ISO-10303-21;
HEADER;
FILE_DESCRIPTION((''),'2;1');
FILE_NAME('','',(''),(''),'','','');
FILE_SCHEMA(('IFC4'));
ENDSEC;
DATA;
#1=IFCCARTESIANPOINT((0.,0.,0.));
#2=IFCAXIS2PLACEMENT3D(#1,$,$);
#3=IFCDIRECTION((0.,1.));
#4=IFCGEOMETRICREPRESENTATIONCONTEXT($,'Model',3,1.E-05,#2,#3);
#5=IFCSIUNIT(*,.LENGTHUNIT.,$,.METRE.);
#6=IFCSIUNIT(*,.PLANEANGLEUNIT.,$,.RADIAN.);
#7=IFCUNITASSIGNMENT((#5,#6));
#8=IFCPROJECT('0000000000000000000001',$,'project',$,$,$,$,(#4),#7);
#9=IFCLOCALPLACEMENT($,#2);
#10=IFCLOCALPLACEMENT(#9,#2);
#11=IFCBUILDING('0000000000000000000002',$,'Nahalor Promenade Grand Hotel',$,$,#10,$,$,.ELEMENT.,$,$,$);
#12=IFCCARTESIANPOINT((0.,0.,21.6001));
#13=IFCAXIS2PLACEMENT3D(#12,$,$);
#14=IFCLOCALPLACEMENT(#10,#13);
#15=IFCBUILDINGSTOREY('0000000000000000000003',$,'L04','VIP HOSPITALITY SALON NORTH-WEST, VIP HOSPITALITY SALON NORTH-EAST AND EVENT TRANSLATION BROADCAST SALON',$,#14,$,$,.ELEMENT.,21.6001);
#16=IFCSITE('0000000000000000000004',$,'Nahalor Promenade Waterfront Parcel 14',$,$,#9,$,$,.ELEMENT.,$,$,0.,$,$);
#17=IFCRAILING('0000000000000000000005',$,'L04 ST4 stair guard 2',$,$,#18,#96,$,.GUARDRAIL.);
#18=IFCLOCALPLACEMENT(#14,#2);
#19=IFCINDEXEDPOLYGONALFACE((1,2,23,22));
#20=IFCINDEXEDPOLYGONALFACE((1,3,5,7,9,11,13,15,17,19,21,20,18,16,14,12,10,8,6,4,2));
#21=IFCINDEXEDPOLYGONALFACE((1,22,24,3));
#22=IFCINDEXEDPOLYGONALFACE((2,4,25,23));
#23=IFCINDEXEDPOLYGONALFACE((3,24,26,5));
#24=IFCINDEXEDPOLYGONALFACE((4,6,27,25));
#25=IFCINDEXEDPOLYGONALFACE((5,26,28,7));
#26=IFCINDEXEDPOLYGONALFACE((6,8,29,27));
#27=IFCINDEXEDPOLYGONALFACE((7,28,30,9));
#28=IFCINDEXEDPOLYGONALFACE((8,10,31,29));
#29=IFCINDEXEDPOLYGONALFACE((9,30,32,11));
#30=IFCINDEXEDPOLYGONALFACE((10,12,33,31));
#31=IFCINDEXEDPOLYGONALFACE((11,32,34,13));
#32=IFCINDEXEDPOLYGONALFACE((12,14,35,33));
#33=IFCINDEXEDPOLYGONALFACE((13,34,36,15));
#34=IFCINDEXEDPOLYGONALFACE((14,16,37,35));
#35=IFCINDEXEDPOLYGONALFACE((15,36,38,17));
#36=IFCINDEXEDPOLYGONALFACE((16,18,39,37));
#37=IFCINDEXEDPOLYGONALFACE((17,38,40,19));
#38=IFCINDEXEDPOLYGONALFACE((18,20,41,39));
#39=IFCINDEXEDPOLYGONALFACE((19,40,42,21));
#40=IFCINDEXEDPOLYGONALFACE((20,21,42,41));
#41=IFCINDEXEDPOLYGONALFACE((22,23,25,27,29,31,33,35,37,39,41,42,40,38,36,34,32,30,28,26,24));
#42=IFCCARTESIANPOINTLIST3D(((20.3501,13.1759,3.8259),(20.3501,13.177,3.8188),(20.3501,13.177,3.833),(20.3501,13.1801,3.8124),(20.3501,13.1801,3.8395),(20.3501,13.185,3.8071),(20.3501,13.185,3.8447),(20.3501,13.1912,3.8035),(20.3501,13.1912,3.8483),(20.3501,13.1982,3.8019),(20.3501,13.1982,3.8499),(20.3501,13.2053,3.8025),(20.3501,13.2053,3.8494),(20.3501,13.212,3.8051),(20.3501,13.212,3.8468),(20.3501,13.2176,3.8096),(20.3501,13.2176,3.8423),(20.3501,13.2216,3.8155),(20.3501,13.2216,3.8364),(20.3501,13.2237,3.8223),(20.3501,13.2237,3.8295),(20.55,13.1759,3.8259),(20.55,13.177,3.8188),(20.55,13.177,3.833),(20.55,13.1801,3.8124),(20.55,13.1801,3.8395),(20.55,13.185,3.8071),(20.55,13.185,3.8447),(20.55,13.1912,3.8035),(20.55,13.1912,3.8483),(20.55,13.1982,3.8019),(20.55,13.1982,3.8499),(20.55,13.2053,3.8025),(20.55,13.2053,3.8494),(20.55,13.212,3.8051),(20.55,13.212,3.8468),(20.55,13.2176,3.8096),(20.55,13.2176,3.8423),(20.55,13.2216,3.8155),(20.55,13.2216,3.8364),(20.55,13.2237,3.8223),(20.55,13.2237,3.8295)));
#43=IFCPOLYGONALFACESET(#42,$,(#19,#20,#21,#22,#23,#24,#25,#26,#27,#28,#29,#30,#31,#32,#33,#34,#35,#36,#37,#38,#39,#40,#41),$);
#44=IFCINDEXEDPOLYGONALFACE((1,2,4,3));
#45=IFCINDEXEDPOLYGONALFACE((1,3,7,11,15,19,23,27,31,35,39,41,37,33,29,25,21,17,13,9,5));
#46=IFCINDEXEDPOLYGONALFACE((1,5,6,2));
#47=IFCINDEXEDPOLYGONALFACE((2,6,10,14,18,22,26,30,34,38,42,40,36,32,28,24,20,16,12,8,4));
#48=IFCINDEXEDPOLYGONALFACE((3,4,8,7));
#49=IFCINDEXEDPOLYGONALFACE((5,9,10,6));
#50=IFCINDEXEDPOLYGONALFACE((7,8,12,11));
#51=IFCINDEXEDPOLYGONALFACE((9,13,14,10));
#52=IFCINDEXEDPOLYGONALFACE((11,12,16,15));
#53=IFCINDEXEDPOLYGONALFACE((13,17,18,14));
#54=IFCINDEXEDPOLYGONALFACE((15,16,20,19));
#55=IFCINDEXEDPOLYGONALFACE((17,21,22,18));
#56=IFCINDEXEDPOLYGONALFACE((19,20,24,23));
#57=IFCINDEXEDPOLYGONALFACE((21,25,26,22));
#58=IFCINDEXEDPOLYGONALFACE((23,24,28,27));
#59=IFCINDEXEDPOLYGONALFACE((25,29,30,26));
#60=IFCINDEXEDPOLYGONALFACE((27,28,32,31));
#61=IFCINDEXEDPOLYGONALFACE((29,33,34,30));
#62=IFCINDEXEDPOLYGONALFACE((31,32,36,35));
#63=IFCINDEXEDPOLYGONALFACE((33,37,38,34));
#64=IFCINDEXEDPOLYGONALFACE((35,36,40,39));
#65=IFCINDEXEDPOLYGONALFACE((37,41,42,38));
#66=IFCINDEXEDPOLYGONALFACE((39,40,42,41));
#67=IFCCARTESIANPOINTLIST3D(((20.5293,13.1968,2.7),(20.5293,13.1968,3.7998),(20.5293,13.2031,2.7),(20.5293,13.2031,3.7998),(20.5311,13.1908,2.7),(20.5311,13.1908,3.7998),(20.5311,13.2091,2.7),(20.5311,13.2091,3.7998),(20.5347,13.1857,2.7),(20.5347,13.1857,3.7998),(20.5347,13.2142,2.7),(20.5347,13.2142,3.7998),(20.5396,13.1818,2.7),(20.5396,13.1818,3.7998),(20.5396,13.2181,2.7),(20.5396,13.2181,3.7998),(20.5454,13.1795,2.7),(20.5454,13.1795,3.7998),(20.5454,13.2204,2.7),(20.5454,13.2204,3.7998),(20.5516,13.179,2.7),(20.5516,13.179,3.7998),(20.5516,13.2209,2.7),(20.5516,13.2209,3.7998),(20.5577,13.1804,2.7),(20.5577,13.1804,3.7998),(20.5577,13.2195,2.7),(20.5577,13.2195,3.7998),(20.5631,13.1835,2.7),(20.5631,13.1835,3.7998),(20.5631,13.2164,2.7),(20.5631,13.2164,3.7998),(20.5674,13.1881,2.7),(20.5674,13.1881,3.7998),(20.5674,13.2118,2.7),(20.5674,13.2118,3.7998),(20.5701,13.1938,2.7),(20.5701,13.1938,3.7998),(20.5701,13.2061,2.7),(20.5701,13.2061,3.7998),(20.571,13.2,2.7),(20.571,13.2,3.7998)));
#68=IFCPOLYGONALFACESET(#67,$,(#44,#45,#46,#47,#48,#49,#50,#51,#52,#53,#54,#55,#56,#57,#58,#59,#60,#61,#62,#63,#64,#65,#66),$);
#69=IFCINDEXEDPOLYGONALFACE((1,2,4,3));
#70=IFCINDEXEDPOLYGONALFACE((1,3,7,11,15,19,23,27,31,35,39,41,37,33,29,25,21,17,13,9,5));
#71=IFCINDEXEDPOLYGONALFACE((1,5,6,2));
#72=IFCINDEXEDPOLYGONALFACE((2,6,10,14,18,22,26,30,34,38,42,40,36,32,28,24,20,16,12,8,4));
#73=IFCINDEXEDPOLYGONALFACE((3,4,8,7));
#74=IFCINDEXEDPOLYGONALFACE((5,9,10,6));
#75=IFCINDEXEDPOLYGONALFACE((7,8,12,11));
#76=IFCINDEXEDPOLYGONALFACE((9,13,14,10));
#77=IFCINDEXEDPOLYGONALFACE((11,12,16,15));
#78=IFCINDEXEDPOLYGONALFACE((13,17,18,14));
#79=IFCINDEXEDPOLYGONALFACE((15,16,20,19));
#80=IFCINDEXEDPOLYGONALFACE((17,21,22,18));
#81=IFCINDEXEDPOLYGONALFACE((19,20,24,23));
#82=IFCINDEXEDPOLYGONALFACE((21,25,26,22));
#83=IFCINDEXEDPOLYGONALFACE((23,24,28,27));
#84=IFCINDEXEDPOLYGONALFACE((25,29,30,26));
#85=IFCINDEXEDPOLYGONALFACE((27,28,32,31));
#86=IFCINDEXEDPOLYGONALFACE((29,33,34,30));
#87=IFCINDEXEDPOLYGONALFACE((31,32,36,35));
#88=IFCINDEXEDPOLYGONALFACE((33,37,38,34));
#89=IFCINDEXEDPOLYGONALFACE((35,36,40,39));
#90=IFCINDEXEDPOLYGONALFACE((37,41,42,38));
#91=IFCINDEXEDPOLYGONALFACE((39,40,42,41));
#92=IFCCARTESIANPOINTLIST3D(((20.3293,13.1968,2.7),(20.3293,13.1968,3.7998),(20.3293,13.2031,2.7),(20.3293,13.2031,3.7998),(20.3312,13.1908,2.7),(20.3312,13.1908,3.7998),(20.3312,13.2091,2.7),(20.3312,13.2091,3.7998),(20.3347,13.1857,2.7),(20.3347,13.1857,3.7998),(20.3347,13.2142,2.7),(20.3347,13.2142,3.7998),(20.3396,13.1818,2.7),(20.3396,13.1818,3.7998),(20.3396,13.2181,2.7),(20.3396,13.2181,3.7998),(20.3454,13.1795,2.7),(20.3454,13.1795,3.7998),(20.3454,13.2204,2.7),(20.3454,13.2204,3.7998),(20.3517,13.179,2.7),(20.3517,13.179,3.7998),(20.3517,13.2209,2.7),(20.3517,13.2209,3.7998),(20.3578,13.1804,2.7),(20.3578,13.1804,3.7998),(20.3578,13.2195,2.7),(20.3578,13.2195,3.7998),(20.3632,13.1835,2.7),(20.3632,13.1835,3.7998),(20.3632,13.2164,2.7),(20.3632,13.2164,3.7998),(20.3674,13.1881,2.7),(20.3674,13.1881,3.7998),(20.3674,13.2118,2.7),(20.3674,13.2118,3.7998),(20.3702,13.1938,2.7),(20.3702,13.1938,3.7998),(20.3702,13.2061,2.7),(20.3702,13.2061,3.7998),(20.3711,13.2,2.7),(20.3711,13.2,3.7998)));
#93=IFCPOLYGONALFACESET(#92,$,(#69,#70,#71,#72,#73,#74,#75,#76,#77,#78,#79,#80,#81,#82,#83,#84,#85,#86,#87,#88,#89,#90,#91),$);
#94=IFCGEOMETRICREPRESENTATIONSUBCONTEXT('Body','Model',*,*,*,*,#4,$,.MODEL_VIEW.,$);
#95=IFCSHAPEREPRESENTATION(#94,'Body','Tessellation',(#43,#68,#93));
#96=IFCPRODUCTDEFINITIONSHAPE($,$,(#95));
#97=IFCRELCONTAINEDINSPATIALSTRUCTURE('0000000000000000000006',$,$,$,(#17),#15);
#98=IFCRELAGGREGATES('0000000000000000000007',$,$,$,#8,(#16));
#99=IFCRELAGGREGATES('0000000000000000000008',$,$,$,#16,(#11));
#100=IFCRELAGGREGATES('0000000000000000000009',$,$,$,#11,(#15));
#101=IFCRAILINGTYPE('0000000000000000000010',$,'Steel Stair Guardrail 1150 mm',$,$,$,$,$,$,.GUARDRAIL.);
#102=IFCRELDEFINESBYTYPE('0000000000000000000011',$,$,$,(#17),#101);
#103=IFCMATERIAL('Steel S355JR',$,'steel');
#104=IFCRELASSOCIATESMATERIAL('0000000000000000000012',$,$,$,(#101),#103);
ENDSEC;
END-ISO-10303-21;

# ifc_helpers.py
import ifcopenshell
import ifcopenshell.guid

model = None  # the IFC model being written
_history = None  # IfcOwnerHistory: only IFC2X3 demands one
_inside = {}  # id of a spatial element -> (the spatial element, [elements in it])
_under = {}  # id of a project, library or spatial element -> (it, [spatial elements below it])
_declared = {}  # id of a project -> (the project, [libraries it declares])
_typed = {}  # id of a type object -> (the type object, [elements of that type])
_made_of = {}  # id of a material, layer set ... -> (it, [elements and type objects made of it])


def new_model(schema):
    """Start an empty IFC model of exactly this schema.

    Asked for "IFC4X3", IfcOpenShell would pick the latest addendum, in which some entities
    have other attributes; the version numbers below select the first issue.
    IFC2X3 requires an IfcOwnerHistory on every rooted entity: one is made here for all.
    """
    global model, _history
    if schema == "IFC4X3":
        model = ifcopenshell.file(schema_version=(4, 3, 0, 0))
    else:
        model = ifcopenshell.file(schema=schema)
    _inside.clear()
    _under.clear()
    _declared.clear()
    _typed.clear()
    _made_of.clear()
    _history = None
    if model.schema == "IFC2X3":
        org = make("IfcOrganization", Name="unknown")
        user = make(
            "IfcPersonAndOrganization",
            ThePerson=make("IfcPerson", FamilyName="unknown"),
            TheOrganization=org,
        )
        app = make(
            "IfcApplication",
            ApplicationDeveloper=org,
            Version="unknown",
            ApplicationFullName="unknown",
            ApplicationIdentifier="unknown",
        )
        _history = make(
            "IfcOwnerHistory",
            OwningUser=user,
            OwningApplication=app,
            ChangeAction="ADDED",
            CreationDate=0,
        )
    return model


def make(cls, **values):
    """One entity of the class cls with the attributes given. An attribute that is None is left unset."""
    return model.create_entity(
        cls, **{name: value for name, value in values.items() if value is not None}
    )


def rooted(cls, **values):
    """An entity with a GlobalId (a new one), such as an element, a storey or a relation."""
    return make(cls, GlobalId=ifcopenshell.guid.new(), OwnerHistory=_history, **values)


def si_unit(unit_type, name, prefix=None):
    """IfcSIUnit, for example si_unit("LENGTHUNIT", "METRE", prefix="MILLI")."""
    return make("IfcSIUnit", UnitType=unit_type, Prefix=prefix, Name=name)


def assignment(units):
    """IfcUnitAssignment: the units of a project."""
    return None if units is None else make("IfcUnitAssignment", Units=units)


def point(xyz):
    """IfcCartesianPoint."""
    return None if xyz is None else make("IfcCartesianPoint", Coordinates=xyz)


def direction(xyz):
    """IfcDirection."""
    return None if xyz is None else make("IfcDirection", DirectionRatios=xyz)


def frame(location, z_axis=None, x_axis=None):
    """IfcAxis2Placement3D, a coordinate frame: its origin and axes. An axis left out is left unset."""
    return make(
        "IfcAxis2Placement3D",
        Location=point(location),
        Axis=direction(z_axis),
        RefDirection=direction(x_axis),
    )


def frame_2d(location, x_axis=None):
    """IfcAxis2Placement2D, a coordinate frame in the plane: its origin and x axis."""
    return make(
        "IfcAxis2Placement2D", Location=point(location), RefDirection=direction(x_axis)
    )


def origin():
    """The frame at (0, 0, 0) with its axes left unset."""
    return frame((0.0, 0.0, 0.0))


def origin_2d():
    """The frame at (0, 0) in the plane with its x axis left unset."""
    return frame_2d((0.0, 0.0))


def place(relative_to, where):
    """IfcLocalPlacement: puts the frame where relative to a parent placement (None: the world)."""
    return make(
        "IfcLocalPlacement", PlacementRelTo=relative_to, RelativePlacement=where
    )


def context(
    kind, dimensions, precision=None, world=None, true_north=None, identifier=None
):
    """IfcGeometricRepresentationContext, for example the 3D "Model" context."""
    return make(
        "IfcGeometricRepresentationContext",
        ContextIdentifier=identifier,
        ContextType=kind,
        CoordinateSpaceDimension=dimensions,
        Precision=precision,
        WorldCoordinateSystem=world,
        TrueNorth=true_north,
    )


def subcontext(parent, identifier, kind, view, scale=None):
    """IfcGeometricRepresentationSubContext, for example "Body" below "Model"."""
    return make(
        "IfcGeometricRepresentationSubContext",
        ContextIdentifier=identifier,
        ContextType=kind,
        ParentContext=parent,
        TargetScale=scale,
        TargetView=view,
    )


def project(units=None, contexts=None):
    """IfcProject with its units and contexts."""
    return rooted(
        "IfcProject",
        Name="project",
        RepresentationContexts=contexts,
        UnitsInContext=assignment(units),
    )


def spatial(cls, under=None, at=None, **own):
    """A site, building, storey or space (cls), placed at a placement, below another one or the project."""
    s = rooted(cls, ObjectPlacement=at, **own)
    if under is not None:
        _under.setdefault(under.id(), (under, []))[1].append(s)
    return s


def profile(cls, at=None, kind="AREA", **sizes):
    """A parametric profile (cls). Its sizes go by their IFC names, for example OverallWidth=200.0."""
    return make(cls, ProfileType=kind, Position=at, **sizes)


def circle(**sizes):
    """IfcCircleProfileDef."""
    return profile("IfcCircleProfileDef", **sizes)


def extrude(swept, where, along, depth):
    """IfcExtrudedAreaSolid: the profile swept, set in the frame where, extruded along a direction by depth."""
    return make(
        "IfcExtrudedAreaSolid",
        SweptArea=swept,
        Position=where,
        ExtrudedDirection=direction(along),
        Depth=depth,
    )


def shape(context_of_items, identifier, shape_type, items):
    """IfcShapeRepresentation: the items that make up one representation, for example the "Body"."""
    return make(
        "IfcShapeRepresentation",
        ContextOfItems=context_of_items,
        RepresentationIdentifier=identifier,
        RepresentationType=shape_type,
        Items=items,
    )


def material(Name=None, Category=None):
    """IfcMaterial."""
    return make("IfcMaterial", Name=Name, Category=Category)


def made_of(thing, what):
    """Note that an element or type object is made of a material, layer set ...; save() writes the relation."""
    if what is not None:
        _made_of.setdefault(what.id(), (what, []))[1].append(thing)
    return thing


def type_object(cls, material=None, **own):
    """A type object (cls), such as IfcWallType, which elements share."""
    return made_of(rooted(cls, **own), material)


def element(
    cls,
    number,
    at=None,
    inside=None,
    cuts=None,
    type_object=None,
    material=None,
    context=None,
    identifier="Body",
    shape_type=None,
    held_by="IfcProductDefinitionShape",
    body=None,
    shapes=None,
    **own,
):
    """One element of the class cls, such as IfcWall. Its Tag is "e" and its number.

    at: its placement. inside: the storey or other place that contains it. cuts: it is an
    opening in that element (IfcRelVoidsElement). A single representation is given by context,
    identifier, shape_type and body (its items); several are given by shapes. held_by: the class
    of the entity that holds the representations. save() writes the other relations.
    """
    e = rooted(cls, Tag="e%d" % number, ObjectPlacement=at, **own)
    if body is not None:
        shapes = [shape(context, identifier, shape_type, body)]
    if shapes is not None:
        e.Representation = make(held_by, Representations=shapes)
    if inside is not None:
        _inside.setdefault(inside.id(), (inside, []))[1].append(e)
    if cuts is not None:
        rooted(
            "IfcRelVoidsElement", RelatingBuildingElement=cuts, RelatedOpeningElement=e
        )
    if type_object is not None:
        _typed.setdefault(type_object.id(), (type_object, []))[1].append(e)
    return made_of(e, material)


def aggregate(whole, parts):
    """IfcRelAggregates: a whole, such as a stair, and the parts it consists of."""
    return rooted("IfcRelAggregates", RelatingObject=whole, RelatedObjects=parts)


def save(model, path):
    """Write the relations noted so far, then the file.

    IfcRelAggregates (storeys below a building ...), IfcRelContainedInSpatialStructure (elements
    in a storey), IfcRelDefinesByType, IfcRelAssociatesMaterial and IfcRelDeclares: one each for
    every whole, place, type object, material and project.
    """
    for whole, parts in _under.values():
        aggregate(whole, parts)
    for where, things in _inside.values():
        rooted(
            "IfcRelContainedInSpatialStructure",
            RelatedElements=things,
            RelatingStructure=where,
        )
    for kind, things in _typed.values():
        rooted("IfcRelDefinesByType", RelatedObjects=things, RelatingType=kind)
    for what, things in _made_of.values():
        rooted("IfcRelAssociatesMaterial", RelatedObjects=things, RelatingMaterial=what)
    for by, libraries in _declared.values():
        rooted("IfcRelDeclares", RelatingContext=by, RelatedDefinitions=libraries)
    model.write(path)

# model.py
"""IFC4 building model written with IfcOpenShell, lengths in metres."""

from ifc_helpers import new_model, si_unit, direction, frame, origin, origin_2d, place, context, subcontext, project, spatial, circle, extrude, material, type_object, element, save


model = new_model("IFC4")

# Units and contexts
model_context = context("Model", 3, precision=1e-05, world=origin(), true_north=direction((0.0, 1.0)))
body_context = subcontext(model_context, "Body", "Model", "MODEL_VIEW")
ifc_project = project(units=[si_unit("LENGTHUNIT", "METRE"), si_unit("PLANEANGLEUNIT", "RADIAN")], contexts=[model_context])

# Site, building, storey
site_placement = place(None, origin())
site = spatial("IfcSite", under=ifc_project, at=site_placement, Name="Nahalor Promenade Waterfront Parcel 14", CompositionType="ELEMENT", RefElevation=0.0)
building_placement = place(site_placement, origin())
building = spatial("IfcBuilding", under=site, at=building_placement, Name="Nahalor Promenade Grand Hotel", CompositionType="ELEMENT")
storey_placement = place(building_placement, frame((0.0, 0.0, 21.6001)))
storey = spatial("IfcBuildingStorey", under=building, at=storey_placement, Name="L04", Description="VIP HOSPITALITY SALON NORTH-WEST, VIP HOSPITALITY SALON NORTH-EAST AND EVENT TRANSLATION BROADCAST SALON", CompositionType="ELEMENT", Elevation=21.6001)

# Shared definitions
ifc_material_1 = material(Name="Steel S355JR", Category="steel")

# Railing
railing_type_1 = type_object("IfcRailingType", Name="Steel Stair Guardrail 1150 mm", PredefinedType="GUARDRAIL", material=ifc_material_1)
railing_1_placement = place(storey_placement, frame((20.55, 13.2, 2.7)))
element("IfcRailing", 1, at=railing_1_placement, inside=storey, type_object=railing_type_1, Name="L04 ST4 stair guard 2", PredefinedType="GUARDRAIL", context=body_context, shape_type="SweptSolid", body=[
    extrude(circle(Radius=0.024, at=origin_2d()), frame((0.0, 0.0, 1.126), z_axis=(-1.0, 0.0, 0.0), x_axis=(0.0, -1.0, 0.0)), (0.0, 0.0, 1.0), 0.2),
    extrude(circle(Radius=0.021, at=origin_2d()), origin(), (0.0, 0.0, 1.0), 1.0999),
    extrude(circle(Radius=0.021, at=origin_2d()), frame((-0.2, 0.0, 0.0)), (0.0, 0.0, 1.0), 1.0999),
])

save(model, "model.ifc")
